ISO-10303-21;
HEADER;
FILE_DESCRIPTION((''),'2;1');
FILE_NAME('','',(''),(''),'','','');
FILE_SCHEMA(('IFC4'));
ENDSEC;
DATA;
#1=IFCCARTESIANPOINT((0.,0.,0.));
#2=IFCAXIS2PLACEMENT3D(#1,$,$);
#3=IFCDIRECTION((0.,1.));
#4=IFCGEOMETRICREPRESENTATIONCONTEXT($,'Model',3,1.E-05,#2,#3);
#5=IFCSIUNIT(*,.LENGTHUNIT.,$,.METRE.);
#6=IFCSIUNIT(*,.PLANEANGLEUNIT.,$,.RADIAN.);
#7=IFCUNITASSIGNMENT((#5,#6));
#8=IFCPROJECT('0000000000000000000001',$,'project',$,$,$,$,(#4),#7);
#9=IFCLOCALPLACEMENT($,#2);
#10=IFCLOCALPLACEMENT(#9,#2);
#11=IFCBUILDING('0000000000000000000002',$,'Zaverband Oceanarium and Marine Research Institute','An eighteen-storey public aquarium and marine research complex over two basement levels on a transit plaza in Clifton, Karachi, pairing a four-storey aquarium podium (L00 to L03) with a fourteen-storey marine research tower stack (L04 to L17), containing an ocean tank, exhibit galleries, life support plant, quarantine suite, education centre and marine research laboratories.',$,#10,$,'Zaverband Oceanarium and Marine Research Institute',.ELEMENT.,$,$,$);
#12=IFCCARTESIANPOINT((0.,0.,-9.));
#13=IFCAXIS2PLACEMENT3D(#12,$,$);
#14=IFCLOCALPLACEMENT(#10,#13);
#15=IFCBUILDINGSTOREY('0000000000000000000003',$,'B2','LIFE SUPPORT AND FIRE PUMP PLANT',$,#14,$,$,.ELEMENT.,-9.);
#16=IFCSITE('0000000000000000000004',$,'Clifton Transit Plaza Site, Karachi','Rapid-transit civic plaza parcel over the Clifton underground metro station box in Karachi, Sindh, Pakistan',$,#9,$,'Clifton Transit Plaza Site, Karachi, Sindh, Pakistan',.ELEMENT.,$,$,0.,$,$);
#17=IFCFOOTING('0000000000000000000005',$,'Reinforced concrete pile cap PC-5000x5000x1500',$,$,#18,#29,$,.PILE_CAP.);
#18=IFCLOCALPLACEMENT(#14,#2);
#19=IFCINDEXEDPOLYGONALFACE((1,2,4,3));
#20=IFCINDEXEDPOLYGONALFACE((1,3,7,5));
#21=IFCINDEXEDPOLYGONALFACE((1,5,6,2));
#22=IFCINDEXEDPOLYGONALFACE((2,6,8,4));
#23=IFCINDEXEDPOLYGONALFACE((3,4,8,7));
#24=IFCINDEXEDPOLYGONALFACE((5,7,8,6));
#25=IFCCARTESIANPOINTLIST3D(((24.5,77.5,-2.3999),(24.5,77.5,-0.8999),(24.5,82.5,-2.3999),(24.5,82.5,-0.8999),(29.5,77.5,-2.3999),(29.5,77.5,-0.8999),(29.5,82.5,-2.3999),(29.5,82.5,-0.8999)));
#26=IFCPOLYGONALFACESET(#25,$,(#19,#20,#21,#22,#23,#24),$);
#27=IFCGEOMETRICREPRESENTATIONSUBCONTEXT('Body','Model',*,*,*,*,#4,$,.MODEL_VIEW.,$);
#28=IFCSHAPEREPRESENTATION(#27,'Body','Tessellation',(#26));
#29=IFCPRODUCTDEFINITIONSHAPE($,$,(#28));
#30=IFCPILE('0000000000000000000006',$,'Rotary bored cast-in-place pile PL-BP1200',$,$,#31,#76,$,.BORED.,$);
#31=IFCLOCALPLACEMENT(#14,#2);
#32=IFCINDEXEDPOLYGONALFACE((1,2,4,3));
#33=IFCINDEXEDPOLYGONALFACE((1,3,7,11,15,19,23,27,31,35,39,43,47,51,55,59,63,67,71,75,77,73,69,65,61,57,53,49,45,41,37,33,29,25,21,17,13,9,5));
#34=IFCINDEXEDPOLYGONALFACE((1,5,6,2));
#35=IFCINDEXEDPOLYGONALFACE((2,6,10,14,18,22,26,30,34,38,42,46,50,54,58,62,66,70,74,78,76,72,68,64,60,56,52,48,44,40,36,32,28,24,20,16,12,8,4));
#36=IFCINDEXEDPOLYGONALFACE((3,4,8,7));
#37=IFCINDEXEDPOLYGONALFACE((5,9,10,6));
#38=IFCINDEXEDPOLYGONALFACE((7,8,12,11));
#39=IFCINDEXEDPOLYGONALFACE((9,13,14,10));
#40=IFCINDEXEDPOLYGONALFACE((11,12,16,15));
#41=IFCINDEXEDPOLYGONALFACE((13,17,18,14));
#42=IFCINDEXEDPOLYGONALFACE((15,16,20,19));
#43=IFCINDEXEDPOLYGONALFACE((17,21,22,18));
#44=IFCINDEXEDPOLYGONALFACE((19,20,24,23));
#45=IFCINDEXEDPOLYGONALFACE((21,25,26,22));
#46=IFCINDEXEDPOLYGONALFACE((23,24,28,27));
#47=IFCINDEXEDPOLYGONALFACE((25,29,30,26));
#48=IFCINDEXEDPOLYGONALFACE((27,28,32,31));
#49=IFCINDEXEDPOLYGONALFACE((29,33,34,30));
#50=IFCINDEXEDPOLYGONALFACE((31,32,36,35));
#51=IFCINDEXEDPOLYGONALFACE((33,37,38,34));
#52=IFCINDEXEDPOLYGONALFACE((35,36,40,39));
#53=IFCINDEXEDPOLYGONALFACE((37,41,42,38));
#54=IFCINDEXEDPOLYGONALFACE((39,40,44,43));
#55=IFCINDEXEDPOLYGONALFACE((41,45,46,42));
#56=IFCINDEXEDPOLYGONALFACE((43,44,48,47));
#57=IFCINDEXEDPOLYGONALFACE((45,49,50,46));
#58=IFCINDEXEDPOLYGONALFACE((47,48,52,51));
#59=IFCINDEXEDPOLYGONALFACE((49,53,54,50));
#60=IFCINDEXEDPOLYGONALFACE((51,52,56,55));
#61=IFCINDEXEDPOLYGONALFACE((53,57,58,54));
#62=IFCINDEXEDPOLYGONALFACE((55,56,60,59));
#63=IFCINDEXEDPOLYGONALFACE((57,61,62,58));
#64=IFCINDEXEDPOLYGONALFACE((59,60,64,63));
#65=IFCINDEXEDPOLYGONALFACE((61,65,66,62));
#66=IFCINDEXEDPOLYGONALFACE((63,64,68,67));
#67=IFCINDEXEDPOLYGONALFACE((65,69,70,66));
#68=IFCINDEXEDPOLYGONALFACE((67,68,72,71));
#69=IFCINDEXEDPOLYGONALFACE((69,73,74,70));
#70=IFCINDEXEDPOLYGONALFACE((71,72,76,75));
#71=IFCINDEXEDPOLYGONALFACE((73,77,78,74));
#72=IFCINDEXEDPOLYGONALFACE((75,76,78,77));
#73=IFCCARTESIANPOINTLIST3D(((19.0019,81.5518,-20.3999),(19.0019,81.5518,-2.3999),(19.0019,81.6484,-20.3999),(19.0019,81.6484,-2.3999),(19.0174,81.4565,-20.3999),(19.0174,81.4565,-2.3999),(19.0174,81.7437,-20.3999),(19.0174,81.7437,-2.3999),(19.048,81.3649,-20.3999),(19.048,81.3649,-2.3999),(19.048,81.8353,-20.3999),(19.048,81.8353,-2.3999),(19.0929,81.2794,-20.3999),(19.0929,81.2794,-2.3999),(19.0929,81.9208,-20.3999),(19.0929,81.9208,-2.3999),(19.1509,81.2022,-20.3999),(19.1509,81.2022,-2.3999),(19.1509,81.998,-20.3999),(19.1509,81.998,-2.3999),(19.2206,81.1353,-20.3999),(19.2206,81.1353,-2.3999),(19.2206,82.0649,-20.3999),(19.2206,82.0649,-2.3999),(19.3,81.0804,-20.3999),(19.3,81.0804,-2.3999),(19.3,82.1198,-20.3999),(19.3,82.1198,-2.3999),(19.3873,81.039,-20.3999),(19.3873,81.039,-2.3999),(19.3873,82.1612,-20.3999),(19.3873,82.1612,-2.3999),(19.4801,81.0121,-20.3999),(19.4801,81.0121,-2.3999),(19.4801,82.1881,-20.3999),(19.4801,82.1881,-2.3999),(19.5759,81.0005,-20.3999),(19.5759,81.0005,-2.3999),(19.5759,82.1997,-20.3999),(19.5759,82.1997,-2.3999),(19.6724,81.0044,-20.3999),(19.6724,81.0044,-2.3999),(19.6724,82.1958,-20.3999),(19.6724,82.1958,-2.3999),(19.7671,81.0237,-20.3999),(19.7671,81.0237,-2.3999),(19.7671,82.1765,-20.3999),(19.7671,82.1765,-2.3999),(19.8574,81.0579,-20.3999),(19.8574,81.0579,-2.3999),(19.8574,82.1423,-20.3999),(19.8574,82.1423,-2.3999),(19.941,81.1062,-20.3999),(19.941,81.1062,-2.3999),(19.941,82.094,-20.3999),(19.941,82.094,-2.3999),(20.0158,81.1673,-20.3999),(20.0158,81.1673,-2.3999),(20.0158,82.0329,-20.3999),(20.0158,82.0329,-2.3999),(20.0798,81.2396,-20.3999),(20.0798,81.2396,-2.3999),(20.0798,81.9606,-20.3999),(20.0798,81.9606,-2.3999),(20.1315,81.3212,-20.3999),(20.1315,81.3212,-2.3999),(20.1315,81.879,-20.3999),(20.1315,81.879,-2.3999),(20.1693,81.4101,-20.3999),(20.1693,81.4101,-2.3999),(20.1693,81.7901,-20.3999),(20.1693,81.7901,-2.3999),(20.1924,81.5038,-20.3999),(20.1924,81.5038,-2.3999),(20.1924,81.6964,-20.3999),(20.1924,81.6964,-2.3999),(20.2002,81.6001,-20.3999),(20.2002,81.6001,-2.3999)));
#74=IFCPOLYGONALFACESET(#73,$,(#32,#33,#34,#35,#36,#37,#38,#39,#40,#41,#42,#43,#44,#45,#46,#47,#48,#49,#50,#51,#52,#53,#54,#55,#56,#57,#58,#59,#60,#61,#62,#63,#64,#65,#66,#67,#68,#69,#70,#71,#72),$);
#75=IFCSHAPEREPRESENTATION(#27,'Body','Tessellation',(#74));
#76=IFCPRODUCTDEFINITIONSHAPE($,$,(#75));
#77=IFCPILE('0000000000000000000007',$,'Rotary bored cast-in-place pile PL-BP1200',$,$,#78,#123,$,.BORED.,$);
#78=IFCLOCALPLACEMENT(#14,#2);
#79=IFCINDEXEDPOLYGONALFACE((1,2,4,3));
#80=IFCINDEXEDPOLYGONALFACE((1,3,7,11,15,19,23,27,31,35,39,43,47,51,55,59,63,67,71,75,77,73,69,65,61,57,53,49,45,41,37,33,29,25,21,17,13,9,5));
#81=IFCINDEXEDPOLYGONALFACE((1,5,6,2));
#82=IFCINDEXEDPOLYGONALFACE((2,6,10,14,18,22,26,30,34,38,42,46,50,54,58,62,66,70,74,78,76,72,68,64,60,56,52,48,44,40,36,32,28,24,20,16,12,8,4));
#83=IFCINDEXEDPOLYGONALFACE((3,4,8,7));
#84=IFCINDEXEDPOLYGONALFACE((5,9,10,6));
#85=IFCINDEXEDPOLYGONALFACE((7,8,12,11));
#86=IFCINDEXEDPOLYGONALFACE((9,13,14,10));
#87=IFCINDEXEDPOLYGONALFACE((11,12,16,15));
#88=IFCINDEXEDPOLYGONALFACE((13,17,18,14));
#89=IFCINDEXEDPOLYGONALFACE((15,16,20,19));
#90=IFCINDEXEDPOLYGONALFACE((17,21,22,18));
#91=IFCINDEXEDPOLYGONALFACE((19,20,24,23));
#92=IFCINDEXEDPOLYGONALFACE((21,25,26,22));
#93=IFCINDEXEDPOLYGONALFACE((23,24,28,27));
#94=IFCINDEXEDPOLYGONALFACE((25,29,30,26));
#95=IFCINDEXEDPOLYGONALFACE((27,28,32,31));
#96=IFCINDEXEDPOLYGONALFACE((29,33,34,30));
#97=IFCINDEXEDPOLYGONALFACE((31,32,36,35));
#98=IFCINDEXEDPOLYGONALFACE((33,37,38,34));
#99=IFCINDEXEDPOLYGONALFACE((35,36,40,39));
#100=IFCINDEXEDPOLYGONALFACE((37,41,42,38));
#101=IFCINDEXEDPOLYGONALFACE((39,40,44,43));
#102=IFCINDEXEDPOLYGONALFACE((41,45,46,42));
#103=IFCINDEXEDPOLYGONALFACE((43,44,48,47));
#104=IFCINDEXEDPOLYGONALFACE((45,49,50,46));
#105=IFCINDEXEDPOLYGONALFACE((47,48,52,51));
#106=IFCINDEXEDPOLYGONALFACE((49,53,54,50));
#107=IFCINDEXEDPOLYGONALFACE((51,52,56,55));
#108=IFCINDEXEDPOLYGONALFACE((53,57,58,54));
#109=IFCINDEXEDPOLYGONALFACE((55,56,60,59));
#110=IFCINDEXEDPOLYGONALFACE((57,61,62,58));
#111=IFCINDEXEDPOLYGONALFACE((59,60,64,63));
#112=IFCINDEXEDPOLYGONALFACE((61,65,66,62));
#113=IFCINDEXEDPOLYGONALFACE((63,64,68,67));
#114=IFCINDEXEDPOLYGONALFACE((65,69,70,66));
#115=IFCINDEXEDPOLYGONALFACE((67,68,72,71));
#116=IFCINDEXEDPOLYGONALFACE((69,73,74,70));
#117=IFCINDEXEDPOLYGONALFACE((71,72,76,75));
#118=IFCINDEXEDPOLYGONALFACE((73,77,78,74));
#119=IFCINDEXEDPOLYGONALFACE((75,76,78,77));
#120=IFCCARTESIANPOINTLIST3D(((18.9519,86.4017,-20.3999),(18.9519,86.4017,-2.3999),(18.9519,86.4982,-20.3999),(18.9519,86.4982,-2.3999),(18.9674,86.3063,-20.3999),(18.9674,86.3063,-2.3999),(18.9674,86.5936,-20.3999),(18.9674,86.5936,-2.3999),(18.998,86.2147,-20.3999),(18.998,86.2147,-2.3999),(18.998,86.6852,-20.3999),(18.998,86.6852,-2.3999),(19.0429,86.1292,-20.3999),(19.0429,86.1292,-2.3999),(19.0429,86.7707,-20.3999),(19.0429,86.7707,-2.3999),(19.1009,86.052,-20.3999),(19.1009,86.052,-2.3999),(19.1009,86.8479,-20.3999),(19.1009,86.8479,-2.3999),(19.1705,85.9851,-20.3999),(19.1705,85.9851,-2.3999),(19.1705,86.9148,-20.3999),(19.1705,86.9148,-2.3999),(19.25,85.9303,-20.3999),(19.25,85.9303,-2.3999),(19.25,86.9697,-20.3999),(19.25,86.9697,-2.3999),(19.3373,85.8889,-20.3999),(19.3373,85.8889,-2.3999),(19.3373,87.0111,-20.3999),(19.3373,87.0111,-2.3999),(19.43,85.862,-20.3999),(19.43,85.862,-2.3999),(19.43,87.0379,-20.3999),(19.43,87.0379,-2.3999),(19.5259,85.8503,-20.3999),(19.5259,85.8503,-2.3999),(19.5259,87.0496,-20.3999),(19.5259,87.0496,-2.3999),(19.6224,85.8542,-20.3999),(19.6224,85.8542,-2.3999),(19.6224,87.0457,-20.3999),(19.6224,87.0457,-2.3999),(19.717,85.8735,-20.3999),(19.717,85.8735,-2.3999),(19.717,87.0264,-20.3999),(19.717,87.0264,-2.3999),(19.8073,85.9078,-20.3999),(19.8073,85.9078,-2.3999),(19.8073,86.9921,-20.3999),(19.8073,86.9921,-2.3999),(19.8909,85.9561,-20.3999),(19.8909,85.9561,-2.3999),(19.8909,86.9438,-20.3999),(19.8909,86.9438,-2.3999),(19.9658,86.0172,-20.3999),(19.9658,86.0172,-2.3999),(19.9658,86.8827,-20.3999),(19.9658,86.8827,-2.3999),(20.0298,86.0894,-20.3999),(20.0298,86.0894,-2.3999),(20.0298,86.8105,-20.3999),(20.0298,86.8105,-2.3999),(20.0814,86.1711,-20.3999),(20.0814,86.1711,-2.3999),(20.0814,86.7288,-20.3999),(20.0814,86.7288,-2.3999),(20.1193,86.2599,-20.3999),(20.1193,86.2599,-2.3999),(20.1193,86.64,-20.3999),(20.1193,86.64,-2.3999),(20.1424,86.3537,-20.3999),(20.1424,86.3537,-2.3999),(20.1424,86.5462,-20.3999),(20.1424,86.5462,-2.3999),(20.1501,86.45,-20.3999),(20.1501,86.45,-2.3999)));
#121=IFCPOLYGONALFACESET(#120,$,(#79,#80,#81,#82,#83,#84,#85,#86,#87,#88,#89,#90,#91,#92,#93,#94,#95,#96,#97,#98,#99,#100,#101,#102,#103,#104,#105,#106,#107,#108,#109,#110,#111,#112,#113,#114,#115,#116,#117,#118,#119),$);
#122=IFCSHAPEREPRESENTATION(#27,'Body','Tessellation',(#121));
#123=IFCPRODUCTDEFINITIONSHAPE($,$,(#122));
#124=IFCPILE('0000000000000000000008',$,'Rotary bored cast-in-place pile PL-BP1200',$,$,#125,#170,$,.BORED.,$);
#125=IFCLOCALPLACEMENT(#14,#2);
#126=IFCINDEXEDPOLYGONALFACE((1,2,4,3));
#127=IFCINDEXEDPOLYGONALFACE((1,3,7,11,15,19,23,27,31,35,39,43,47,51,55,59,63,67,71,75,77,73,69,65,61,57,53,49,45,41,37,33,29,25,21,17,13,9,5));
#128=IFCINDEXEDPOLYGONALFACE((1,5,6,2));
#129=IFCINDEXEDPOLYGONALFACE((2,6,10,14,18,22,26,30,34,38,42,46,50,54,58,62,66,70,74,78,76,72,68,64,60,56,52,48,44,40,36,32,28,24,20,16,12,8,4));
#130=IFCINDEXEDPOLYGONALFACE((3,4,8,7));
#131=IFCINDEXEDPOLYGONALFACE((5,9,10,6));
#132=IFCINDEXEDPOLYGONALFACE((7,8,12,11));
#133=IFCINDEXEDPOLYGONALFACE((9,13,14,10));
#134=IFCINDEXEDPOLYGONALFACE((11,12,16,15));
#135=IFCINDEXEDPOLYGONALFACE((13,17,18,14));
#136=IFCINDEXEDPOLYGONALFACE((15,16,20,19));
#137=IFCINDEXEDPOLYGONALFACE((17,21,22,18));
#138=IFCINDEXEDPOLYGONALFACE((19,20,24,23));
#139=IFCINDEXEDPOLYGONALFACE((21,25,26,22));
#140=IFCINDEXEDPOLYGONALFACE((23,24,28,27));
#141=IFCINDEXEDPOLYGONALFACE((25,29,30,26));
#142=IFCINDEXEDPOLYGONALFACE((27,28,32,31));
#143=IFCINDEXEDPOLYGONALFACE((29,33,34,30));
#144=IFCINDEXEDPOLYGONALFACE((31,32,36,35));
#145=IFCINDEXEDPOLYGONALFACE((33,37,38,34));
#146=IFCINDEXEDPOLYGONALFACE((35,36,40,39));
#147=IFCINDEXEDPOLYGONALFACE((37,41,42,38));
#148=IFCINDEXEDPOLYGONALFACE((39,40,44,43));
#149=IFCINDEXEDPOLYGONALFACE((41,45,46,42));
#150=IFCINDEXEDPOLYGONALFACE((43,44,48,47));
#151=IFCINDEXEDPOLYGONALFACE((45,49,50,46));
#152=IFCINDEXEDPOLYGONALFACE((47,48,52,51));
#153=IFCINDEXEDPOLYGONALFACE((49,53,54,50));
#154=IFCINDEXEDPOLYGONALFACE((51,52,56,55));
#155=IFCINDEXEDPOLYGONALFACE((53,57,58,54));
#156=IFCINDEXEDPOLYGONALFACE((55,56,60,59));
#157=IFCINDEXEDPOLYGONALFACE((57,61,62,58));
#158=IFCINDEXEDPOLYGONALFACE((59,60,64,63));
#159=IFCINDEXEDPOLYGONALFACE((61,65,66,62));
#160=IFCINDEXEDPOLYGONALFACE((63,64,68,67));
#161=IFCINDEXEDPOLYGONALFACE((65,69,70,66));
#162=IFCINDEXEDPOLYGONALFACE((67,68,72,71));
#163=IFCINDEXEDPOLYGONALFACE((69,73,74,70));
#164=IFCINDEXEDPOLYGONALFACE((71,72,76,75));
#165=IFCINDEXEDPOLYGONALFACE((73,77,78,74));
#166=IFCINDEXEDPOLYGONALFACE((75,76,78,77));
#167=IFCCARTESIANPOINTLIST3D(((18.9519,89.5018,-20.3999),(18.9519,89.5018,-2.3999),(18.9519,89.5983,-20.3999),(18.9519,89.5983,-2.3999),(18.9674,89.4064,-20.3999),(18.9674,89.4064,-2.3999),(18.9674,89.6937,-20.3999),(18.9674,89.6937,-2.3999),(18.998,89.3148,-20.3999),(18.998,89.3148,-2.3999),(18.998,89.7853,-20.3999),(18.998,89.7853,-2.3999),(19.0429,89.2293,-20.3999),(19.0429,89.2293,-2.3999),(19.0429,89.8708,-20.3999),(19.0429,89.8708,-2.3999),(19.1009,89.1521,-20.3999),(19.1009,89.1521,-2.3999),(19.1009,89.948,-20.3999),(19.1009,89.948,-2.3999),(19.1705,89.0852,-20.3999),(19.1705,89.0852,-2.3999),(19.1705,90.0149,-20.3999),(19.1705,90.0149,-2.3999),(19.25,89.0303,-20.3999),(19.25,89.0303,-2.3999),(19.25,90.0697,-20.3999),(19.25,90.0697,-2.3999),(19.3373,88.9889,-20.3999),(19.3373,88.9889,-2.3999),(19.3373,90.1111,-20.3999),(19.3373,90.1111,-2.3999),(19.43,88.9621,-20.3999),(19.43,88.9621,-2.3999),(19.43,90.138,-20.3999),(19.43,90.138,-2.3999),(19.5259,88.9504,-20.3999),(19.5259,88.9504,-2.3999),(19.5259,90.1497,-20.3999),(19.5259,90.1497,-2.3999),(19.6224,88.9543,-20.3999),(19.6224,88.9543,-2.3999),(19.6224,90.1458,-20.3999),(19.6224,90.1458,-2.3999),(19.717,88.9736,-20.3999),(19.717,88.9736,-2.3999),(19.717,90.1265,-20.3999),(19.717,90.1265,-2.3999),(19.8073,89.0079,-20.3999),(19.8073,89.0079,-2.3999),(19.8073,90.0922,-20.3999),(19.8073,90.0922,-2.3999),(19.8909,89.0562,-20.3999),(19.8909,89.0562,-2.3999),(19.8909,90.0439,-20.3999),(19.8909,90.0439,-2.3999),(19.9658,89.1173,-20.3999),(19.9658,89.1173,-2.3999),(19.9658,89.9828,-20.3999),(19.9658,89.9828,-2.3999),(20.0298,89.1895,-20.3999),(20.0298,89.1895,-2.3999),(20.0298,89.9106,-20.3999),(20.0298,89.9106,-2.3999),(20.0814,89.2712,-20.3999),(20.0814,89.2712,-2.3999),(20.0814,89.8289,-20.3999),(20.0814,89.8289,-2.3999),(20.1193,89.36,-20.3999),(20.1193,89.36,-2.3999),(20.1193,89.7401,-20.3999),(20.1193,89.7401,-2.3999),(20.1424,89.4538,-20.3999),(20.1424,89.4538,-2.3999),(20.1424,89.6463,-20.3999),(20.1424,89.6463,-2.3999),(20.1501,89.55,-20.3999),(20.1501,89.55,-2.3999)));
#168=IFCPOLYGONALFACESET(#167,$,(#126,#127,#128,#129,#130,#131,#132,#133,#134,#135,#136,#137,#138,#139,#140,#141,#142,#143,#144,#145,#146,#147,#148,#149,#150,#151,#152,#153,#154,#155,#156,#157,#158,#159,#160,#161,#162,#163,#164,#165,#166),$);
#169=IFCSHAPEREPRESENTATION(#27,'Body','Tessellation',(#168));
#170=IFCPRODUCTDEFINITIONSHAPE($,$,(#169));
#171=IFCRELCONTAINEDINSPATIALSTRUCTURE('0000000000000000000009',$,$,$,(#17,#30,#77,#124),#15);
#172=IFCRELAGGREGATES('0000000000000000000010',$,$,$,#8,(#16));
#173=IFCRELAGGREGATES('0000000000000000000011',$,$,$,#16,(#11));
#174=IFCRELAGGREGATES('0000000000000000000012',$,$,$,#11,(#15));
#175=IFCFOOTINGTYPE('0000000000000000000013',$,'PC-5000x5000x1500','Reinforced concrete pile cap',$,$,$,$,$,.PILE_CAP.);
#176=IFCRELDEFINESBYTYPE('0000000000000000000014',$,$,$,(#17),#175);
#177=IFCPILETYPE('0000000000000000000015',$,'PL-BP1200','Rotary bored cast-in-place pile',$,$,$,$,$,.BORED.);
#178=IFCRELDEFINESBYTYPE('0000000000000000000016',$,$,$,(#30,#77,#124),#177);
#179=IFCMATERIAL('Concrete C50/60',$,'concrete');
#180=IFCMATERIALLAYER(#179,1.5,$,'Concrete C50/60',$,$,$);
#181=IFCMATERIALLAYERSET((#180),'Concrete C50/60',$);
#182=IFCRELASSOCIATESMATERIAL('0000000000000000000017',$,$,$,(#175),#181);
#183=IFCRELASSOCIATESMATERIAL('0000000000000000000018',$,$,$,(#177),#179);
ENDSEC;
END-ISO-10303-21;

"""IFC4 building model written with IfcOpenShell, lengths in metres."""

from ifc_helpers import new_model, si_unit, direction, frame, origin, origin_2d, place, context, subcontext, project, spatial, rectangle, circle, extrude, material, layer, layer_set, material_profile, profile_set, type_object, element, save


model = new_model("IFC4")

# Units and contexts
model_context = context("Model", 3, precision=1e-05, world=origin(), true_north=direction((0.0, 1.0)))
body_context = subcontext(model_context, "Body", "Model", "MODEL_VIEW")
ifc_project = project(units=[si_unit("LENGTHUNIT", "METRE"), si_unit("PLANEANGLEUNIT", "RADIAN")], contexts=[model_context])

# Site, building, storey
site_placement = place(None, origin())
site = spatial("IfcSite", under=ifc_project, at=site_placement, Name="Clifton Transit Plaza Site, Karachi", Description="Rapid-transit civic plaza parcel over the Clifton underground metro station box in Karachi, Sindh, Pakistan", LongName="Clifton Transit Plaza Site, Karachi, Sindh, Pakistan", CompositionType="ELEMENT", RefElevation=0.0)
building_placement = place(site_placement, origin())
building = spatial("IfcBuilding", under=site, at=building_placement, Name="Zaverband Oceanarium and Marine Research Institute", Description="An eighteen-storey public aquarium and marine research complex over two basement levels on a transit plaza in Clifton, Karachi, pairing a four-storey aquarium podium (L00 to L03) with a fourteen-storey marine research tower stack (L04 to L17), containing an ocean tank, exhibit galleries, life support plant, quarantine suite, education centre and marine research laboratories.", LongName="Zaverband Oceanarium and Marine Research Institute", CompositionType="ELEMENT")
storey_placement = place(building_placement, frame((0.0, 0.0, -9.0)))
storey = spatial("IfcBuildingStorey", under=building, at=storey_placement, Name="B2", Description="LIFE SUPPORT AND FIRE PUMP PLANT", CompositionType="ELEMENT", Elevation=-9.0)

# Footing
ifc_material_1 = material(Name="Concrete C50/60", Category="concrete")
ifc_layer_1 = layer(ifc_material_1, 1.5, Name="Concrete C50/60")
ifc_layer_set_1 = layer_set([ifc_layer_1], Name="Concrete C50/60")
footing_type = type_object("IfcFootingType", Name="PC-5000x5000x1500", Description="Reinforced concrete pile cap", PredefinedType="PILE_CAP", material=ifc_layer_set_1)
footing_placement = place(storey_placement, frame((27.0, 80.0, -2.3999), z_axis=(0.0, 0.0, 1.0), x_axis=(1.0, 0.0, 0.0)))
element("IfcFooting", 1, at=footing_placement, inside=storey, type_object=footing_type, Name="Reinforced concrete pile cap PC-5000x5000x1500", PredefinedType="PILE_CAP", context=body_context, shape_type="SweptSolid", body=[
    extrude(rectangle(XDim=5.0, YDim=5.0, at=origin_2d()), origin(), (0.0, 0.0, 1.0), 1.5),
])

# Piles
ifc_material_profile_1 = material_profile(ifc_material_1, circle(Radius=0.6001, at=origin_2d()), Name="BP1200")
ifc_profile_set_1 = profile_set([ifc_material_profile_1], Name="Concrete C50/60")
pile_type = type_object("IfcPileType", Name="PL-BP1200", Description="Rotary bored cast-in-place pile", PredefinedType="BORED", material=ifc_profile_set_1)
for number, where, z_axis, x_axis, name in (
    (2, (19.6001, 81.6001, -2.3999), (0.0, 0.0, -1.0), (1.0, 0.0, 0.0), "Rotary bored cast-in-place pile PL-BP1200"),
    (3, (19.55, 86.45, -2.3999), (0.0, 0.0, -1.0), (1.0, 0.0, 0.0), "Rotary bored cast-in-place pile PL-BP1200"),
    (4, (19.55, 89.55, -2.3999), (0.0, 0.0, -1.0), (1.0, 0.0, 0.0), "Rotary bored cast-in-place pile PL-BP1200"),
):
    element("IfcPile", number, at=place(storey_placement, frame(where, z_axis=z_axis, x_axis=x_axis)), inside=storey, type_object=pile_type, Name=name, PredefinedType="BORED", context=body_context, shape_type="SweptSolid", body=[
        extrude(circle(Radius=0.6001, at=origin_2d()), origin(), (0.0, 0.0, 1.0), 18.0),
    ])

save(model, "model.ifc")
